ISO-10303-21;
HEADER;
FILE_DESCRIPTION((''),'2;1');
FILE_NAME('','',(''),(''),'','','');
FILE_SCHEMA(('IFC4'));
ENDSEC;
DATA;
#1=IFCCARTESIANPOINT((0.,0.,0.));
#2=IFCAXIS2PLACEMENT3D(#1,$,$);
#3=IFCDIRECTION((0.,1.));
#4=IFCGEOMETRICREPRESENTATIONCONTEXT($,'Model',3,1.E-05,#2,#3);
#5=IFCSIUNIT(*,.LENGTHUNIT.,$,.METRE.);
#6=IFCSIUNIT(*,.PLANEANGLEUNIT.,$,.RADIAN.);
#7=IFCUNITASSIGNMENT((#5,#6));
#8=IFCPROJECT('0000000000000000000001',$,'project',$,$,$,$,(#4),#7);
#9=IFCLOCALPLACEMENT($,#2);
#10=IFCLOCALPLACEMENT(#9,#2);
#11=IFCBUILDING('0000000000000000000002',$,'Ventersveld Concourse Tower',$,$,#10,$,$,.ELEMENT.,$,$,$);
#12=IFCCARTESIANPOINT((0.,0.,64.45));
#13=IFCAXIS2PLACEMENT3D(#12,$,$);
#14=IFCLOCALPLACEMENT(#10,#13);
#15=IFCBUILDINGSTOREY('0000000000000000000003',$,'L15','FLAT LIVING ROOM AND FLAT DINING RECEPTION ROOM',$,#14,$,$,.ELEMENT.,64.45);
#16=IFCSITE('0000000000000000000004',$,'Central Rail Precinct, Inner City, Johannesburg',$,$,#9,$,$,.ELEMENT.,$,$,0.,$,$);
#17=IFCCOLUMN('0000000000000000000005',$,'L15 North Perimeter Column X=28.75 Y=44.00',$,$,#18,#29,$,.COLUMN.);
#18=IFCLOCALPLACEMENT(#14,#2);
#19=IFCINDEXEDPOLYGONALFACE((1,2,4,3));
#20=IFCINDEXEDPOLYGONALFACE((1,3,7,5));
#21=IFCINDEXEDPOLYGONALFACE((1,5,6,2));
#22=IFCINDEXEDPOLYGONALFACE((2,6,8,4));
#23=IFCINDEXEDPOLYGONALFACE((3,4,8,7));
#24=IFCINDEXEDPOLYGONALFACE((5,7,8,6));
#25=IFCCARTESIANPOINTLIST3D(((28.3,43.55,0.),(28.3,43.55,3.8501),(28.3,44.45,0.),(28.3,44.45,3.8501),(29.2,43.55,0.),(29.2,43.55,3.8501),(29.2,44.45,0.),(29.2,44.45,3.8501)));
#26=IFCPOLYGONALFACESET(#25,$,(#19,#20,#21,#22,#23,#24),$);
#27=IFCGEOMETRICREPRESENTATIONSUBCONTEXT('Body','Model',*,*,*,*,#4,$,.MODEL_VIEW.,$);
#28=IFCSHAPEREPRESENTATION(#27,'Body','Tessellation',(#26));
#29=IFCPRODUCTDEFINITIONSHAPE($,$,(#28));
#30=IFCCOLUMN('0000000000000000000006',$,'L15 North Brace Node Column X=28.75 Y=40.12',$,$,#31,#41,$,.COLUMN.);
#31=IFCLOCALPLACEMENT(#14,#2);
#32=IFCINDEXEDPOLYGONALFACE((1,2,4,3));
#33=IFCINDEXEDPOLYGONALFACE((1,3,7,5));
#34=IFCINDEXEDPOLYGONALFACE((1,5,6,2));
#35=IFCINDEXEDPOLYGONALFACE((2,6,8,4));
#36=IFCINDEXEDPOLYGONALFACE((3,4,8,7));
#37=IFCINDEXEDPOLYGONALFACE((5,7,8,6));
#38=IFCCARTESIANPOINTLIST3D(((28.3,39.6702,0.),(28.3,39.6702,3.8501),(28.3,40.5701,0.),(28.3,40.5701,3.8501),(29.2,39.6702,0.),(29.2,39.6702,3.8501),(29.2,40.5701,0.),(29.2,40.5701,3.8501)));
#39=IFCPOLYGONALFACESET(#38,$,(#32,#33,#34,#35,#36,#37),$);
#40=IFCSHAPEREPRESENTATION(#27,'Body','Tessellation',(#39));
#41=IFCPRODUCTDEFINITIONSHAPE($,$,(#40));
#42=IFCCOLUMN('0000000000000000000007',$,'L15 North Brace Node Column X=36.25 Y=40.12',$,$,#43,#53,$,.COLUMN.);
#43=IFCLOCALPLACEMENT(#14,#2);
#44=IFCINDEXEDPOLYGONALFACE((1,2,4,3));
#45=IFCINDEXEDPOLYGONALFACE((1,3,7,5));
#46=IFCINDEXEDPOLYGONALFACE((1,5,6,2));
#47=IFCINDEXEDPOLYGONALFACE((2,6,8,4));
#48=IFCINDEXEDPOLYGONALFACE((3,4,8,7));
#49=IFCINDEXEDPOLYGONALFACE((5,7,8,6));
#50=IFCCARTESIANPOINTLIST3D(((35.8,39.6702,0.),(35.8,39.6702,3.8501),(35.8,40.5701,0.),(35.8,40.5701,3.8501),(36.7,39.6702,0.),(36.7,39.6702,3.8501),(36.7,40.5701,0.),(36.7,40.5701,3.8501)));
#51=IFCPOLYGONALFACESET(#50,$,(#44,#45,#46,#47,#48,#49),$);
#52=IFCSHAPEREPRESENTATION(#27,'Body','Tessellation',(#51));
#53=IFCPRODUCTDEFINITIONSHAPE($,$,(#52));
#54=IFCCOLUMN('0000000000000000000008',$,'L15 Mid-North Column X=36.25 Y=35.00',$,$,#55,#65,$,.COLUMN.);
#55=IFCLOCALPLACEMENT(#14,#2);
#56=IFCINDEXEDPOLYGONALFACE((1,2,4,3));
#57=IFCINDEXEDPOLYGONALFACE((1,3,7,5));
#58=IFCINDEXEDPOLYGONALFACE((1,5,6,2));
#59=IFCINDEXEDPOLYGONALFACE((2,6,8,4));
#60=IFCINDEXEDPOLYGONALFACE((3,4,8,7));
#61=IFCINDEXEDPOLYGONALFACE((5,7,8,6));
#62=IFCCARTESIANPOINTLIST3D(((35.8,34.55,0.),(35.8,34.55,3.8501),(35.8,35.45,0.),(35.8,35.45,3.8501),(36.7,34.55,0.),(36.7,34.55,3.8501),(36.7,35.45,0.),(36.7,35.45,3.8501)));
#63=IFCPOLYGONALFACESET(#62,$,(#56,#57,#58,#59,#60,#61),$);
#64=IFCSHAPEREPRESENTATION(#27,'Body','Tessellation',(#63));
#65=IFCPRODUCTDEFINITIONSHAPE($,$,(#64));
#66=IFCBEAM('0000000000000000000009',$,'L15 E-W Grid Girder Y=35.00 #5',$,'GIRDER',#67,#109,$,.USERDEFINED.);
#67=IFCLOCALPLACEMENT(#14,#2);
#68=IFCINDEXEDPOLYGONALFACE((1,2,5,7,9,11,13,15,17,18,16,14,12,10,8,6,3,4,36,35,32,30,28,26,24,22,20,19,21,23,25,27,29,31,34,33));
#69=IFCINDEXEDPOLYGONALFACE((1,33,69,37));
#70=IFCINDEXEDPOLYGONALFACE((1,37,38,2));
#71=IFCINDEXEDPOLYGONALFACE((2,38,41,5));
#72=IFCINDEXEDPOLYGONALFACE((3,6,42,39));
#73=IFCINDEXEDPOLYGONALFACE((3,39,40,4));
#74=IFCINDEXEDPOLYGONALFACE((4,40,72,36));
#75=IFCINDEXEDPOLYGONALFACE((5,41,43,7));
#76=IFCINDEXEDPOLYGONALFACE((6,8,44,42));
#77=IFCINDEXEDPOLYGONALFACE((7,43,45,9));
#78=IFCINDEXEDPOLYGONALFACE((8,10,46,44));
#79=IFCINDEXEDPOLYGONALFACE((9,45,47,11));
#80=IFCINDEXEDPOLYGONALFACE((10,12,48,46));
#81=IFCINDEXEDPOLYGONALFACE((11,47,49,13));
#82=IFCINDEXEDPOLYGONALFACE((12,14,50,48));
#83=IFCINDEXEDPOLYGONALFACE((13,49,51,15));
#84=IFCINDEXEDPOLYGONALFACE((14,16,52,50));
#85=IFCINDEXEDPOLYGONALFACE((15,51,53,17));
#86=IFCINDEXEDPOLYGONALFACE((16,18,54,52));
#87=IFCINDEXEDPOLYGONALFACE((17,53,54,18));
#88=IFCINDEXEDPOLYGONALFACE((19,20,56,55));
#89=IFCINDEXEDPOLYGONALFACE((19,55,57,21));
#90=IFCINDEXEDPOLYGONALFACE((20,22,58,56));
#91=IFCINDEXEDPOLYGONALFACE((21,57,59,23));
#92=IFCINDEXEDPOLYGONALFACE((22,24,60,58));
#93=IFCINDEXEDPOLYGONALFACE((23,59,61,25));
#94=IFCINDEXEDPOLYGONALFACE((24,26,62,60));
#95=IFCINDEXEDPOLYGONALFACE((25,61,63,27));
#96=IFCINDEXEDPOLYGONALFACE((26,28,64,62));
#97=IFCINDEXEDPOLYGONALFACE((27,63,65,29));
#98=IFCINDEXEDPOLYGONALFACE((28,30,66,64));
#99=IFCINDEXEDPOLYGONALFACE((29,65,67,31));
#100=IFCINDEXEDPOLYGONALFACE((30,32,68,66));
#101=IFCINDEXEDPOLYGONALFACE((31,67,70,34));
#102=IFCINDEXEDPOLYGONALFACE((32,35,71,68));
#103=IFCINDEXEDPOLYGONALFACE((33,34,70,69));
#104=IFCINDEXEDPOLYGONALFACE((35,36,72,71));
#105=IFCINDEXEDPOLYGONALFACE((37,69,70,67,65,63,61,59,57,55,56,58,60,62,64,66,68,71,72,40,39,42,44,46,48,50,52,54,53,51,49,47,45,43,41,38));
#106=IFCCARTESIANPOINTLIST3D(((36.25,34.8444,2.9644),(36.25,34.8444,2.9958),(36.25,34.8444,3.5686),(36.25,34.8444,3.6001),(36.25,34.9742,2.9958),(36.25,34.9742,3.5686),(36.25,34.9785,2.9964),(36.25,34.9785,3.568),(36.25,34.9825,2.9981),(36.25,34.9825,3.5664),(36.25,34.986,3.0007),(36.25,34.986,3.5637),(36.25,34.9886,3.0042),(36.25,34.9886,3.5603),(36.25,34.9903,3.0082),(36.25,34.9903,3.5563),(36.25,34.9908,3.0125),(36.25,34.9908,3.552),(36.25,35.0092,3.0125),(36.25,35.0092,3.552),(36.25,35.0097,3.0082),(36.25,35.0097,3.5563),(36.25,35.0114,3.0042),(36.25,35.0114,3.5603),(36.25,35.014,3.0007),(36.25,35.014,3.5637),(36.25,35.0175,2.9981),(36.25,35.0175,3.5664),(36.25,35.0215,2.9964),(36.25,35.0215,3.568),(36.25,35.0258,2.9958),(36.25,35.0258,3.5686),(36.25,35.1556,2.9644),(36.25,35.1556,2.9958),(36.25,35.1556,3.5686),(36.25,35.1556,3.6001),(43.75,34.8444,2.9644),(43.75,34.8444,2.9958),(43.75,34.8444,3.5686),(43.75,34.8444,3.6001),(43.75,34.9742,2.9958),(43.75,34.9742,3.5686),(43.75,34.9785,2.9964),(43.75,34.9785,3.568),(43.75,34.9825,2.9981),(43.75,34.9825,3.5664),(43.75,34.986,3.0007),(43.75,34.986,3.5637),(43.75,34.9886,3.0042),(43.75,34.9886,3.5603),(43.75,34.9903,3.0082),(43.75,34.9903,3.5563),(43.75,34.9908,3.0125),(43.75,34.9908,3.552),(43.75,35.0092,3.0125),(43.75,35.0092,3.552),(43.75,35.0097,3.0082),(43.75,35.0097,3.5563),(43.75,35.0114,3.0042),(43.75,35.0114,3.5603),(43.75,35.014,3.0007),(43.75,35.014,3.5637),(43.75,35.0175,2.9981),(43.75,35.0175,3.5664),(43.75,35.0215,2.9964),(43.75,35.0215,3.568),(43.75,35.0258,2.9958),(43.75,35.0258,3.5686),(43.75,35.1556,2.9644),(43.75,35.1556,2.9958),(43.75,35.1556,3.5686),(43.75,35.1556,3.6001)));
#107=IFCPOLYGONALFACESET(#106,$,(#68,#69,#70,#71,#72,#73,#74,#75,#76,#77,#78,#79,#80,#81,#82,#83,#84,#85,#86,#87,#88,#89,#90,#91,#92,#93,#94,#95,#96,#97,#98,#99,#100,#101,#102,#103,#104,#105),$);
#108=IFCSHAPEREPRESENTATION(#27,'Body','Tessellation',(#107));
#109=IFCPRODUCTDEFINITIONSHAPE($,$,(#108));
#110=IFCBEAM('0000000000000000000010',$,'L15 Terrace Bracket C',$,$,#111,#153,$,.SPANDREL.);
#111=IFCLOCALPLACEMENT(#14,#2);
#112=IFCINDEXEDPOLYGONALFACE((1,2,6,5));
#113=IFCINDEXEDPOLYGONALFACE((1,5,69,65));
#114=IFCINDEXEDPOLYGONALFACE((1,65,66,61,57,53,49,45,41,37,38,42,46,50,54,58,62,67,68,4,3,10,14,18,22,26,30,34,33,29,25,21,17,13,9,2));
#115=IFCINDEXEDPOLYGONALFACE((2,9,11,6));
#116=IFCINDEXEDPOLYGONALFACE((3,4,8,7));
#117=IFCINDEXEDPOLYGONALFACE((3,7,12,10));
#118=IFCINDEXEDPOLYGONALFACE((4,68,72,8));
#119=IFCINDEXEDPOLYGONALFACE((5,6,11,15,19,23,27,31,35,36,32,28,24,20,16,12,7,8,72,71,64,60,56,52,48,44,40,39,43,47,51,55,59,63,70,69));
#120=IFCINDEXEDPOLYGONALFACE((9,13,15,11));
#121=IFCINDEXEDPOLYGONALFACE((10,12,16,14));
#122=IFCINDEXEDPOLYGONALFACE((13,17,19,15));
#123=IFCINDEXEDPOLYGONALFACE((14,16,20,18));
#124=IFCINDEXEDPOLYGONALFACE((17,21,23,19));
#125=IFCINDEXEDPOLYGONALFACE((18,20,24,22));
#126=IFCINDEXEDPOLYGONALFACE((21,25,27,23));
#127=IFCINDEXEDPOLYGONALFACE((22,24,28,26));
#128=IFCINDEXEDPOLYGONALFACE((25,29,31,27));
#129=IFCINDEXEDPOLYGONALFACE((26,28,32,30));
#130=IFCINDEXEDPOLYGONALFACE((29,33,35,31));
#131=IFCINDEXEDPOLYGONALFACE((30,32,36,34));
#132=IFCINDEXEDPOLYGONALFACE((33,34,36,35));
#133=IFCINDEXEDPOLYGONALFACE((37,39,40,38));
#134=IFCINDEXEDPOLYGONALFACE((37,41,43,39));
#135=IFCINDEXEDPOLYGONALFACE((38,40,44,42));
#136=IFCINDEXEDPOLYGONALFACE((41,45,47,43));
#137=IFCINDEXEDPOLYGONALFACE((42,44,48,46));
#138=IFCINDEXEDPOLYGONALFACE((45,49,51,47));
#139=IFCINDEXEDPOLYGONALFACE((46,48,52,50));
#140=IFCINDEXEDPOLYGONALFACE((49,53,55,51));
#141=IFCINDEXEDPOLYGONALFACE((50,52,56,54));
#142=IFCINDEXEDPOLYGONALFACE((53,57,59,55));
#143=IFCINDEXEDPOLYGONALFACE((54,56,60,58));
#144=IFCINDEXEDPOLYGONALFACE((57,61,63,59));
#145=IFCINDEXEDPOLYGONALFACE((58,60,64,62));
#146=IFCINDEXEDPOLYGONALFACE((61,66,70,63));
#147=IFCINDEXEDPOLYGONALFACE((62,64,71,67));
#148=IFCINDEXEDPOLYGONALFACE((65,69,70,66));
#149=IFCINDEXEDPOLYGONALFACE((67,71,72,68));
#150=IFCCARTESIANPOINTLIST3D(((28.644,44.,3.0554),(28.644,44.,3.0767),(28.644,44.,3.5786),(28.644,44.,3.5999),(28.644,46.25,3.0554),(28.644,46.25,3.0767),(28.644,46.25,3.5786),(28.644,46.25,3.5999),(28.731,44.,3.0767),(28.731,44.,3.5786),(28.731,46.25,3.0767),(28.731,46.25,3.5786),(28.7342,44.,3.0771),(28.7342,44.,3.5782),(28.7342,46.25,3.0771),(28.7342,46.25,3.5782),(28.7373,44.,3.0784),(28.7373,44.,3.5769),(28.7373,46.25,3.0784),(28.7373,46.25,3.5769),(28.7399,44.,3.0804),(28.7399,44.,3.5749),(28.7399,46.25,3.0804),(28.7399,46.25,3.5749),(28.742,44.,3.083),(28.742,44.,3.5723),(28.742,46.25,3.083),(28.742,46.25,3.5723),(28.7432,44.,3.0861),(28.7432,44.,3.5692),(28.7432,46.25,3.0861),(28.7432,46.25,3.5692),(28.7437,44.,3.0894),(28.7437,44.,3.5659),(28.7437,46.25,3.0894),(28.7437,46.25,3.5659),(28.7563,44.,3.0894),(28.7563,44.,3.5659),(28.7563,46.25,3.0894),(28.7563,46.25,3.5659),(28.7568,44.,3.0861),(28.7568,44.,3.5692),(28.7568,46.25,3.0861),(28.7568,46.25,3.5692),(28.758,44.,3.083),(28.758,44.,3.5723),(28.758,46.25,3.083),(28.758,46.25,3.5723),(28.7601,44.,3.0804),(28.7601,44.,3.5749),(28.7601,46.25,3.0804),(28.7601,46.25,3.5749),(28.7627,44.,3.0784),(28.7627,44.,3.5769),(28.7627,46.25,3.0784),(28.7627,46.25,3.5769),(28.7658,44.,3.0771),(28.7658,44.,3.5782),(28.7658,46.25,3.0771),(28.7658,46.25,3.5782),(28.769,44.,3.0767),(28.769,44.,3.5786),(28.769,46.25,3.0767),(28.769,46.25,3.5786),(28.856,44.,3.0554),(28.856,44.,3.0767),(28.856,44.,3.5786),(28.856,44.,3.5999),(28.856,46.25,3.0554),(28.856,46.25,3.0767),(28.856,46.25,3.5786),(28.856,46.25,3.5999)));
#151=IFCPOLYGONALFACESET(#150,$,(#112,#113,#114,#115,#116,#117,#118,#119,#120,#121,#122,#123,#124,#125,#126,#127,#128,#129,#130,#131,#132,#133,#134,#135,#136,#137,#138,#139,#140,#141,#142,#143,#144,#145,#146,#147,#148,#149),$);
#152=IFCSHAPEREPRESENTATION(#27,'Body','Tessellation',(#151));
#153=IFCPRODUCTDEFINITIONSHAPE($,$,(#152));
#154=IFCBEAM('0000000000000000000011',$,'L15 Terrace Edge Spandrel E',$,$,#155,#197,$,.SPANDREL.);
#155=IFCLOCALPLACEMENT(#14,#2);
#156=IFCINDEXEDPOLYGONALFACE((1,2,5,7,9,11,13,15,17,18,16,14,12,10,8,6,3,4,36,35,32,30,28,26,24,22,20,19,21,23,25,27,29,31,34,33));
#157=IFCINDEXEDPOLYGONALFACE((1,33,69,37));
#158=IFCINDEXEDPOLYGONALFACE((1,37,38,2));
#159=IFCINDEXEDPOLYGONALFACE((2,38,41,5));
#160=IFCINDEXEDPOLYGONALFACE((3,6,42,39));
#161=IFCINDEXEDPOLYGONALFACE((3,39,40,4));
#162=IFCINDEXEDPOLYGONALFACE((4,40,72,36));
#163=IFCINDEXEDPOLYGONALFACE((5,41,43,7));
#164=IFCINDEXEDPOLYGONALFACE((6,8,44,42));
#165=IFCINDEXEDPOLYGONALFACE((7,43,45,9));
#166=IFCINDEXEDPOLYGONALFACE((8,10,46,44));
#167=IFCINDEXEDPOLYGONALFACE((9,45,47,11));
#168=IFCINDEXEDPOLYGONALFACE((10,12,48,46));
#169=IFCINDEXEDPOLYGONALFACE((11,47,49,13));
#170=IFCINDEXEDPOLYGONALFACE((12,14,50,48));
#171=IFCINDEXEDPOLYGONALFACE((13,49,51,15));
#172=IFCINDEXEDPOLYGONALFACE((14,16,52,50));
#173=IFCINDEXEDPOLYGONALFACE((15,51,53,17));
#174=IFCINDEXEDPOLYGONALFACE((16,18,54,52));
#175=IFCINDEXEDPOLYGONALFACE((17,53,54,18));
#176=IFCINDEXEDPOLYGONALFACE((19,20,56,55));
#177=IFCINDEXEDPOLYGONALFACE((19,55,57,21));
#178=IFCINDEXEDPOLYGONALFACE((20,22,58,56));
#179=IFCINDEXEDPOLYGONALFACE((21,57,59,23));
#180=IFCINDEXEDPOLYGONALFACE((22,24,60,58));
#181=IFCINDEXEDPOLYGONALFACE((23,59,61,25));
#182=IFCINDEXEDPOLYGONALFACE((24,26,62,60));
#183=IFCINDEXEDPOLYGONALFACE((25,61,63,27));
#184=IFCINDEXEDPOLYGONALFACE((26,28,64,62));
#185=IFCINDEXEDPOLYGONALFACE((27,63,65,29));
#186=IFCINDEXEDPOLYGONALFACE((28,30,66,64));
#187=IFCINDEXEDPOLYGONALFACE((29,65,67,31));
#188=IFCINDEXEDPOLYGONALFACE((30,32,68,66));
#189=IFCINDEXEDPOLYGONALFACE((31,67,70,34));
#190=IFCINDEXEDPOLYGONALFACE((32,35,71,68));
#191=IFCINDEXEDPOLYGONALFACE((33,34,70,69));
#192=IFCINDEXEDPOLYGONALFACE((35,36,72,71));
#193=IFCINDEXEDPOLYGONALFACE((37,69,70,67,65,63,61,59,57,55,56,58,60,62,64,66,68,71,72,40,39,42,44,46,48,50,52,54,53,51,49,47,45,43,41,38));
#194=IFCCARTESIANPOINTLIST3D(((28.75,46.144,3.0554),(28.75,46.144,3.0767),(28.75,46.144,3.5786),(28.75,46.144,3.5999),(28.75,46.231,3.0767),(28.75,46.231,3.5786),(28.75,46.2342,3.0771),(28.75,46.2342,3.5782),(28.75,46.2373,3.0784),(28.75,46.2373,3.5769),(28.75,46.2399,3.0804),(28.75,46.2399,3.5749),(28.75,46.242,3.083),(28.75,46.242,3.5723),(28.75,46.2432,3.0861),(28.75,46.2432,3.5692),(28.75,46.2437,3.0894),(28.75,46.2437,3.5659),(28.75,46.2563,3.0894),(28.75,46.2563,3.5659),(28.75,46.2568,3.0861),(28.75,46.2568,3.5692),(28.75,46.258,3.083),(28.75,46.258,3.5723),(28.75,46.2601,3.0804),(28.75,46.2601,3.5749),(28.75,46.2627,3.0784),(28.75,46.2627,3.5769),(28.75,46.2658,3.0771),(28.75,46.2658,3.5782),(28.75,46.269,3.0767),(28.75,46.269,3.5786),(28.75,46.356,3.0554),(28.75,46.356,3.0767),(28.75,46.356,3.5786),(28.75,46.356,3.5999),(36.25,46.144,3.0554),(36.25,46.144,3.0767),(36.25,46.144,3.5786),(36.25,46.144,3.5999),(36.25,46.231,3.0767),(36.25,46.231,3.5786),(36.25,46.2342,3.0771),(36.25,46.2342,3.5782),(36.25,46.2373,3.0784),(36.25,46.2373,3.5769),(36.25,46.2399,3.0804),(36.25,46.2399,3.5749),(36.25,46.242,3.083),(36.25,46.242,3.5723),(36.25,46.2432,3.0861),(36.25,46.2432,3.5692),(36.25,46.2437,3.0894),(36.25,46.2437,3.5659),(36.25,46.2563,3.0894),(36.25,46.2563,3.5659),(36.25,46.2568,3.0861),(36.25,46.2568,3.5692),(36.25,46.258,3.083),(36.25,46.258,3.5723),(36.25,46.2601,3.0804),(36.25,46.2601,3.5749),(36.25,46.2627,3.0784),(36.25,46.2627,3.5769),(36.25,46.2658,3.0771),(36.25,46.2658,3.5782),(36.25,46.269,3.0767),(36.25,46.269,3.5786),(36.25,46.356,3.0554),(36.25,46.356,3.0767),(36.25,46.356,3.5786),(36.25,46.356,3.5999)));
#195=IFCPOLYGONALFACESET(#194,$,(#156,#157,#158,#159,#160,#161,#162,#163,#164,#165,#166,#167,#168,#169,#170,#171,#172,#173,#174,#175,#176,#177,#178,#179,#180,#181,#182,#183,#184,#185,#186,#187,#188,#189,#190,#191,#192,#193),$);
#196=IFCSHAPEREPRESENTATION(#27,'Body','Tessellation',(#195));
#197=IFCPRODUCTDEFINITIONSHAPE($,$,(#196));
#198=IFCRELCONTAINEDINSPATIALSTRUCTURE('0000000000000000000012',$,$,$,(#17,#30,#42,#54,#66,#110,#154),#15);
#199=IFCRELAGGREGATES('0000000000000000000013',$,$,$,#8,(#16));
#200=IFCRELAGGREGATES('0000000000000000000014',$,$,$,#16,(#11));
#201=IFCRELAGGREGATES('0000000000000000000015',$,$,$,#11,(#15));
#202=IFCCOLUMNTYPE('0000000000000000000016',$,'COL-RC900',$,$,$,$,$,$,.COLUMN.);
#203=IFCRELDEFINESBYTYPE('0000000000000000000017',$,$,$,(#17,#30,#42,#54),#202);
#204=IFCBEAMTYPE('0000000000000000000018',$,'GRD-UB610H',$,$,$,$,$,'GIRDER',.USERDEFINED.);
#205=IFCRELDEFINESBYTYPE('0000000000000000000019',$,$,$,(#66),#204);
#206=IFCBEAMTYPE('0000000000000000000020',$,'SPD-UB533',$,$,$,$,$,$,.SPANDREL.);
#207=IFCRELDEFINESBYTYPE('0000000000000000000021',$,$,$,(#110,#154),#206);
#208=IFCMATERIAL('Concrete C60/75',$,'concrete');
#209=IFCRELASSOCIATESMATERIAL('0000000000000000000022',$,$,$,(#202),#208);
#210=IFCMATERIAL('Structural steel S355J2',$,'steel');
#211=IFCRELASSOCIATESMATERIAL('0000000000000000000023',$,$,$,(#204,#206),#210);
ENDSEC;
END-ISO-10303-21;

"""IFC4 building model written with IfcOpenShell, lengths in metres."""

from ifc_helpers import new_model, si_unit, direction, frame, origin, origin_2d, place, context, subcontext, project, spatial, rectangle, i_section, extrude, material, material_profile, profile_set, type_object, element, save


model = new_model("IFC4")

# Units and contexts
model_context = context("Model", 3, precision=1e-05, world=origin(), true_north=direction((0.0, 1.0)))
body_context = subcontext(model_context, "Body", "Model", "MODEL_VIEW")
ifc_project = project(units=[si_unit("LENGTHUNIT", "METRE"), si_unit("PLANEANGLEUNIT", "RADIAN")], contexts=[model_context])

# Site, building, storey
site_placement = place(None, origin())
site = spatial("IfcSite", under=ifc_project, at=site_placement, Name="Central Rail Precinct, Inner City, Johannesburg", CompositionType="ELEMENT", RefElevation=0.0)
building_placement = place(site_placement, origin())
building = spatial("IfcBuilding", under=site, at=building_placement, Name="Ventersveld Concourse Tower", CompositionType="ELEMENT")
storey_placement = place(building_placement, frame((0.0, 0.0, 64.45)))
storey = spatial("IfcBuildingStorey", under=building, at=storey_placement, Name="L15", Description="FLAT LIVING ROOM AND FLAT DINING RECEPTION ROOM", CompositionType="ELEMENT", Elevation=64.45)

# Columns
ifc_material_1 = material(Name="Concrete C60/75", Category="concrete")
ifc_material_profile_1 = material_profile(ifc_material_1, rectangle(XDim=0.8999, YDim=0.8999, at=origin_2d()), Name="RC 900x900")
ifc_profile_set_1 = profile_set([ifc_material_profile_1], Name="Concrete C60/75")
column_type = type_object("IfcColumnType", Name="COL-RC900", PredefinedType="COLUMN", material=ifc_profile_set_1)
for number, where, z_axis, x_axis, name in (
    (1, (28.75, 44.0, 0.0), (0.0, 0.0, 1.0), (1.0, 0.0, 0.0), "L15 North Perimeter Column X=28.75 Y=44.00"),
    (2, (28.75, 40.1201, 0.0), (0.0, 0.0, 1.0), (1.0, 0.0, 0.0), "L15 North Brace Node Column X=28.75 Y=40.12"),
    (3, (36.25, 40.1201, 0.0), (0.0, 0.0, 1.0), (1.0, 0.0, 0.0), "L15 North Brace Node Column X=36.25 Y=40.12"),
    (4, (36.25, 35.0, 0.0), (0.0, 0.0, 1.0), (1.0, 0.0, 0.0), "L15 Mid-North Column X=36.25 Y=35.00"),
):
    element("IfcColumn", number, at=place(storey_placement, frame(where, z_axis=z_axis, x_axis=x_axis)), inside=storey, type_object=column_type, Name=name, PredefinedType="COLUMN", context=body_context, shape_type="SweptSolid", body=[
        extrude(rectangle(XDim=0.8999, YDim=0.8999, at=origin_2d()), origin(), (0.0, 0.0, 1.0), 3.8501),
    ])

# Beams
ifc_material_2 = material(Name="Structural steel S355J2", Category="steel")
ifc_material_profile_2 = material_profile(ifc_material_2, i_section(OverallWidth=0.3113, OverallDepth=0.6357, WebThickness=0.0183, FlangeThickness=0.0315, FilletRadius=0.0166, at=origin_2d()), Name="UB 610x305x238")
ifc_profile_set_2 = profile_set([ifc_material_profile_2], Name="Structural steel S355J2")
beam_type_1 = type_object("IfcBeamType", Name="GRD-UB610H", ElementType="GIRDER", PredefinedType="USERDEFINED", material=ifc_profile_set_2)
beam_1_placement = place(storey_placement, frame((36.25, 35.0, 3.2822), z_axis=(1.0, 0.0, 0.0), x_axis=(0.0, 1.0, 0.0)))
element("IfcBeam", 5, at=beam_1_placement, inside=storey, type_object=beam_type_1, Name="L15 E-W Grid Girder Y=35.00 #5", ObjectType="GIRDER", PredefinedType="USERDEFINED", context=body_context, shape_type="SweptSolid", body=[
    extrude(i_section(OverallWidth=0.3113, OverallDepth=0.6357, WebThickness=0.0183, FlangeThickness=0.0315, FilletRadius=0.0166, at=origin_2d()), origin(), (0.0, 0.0, 1.0), 7.5),
])
ifc_material_profile_3 = material_profile(ifc_material_2, i_section(OverallWidth=0.2119, OverallDepth=0.5444, WebThickness=0.0127, FlangeThickness=0.0212, FilletRadius=0.0127, at=origin_2d()), Name="UB 533x210x122")
ifc_profile_set_3 = profile_set([ifc_material_profile_3], Name="Structural steel S355J2")
beam_type_2 = type_object("IfcBeamType", Name="SPD-UB533", PredefinedType="SPANDREL", material=ifc_profile_set_3)
beam_2_placement = place(storey_placement, frame((28.75, 44.0, 3.3276), z_axis=(0.0, 1.0, 0.0), x_axis=(-1.0, 0.0, 0.0)))
element("IfcBeam", 6, at=beam_2_placement, inside=storey, type_object=beam_type_2, Name="L15 Terrace Bracket C", PredefinedType="SPANDREL", context=body_context, shape_type="SweptSolid", body=[
    extrude(i_section(OverallWidth=0.2119, OverallDepth=0.5444, WebThickness=0.0127, FlangeThickness=0.0212, FilletRadius=0.0127, at=origin_2d()), origin(), (0.0, 0.0, 1.0), 2.25),
])
for number, where, z_axis, x_axis, name in (
    (7, (28.75, 46.25, 3.3276), (1.0, 0.0, 0.0), (0.0, 1.0, 0.0), "L15 Terrace Edge Spandrel E"),
):
    element("IfcBeam", number, at=place(storey_placement, frame(where, z_axis=z_axis, x_axis=x_axis)), inside=storey, type_object=beam_type_2, Name=name, PredefinedType="SPANDREL", context=body_context, shape_type="SweptSolid", body=[
        extrude(i_section(OverallWidth=0.2119, OverallDepth=0.5444, WebThickness=0.0127, FlangeThickness=0.0212, FilletRadius=0.0127, at=origin_2d()), origin(), (0.0, 0.0, 1.0), 7.5),
    ])

save(model, "model.ifc")
